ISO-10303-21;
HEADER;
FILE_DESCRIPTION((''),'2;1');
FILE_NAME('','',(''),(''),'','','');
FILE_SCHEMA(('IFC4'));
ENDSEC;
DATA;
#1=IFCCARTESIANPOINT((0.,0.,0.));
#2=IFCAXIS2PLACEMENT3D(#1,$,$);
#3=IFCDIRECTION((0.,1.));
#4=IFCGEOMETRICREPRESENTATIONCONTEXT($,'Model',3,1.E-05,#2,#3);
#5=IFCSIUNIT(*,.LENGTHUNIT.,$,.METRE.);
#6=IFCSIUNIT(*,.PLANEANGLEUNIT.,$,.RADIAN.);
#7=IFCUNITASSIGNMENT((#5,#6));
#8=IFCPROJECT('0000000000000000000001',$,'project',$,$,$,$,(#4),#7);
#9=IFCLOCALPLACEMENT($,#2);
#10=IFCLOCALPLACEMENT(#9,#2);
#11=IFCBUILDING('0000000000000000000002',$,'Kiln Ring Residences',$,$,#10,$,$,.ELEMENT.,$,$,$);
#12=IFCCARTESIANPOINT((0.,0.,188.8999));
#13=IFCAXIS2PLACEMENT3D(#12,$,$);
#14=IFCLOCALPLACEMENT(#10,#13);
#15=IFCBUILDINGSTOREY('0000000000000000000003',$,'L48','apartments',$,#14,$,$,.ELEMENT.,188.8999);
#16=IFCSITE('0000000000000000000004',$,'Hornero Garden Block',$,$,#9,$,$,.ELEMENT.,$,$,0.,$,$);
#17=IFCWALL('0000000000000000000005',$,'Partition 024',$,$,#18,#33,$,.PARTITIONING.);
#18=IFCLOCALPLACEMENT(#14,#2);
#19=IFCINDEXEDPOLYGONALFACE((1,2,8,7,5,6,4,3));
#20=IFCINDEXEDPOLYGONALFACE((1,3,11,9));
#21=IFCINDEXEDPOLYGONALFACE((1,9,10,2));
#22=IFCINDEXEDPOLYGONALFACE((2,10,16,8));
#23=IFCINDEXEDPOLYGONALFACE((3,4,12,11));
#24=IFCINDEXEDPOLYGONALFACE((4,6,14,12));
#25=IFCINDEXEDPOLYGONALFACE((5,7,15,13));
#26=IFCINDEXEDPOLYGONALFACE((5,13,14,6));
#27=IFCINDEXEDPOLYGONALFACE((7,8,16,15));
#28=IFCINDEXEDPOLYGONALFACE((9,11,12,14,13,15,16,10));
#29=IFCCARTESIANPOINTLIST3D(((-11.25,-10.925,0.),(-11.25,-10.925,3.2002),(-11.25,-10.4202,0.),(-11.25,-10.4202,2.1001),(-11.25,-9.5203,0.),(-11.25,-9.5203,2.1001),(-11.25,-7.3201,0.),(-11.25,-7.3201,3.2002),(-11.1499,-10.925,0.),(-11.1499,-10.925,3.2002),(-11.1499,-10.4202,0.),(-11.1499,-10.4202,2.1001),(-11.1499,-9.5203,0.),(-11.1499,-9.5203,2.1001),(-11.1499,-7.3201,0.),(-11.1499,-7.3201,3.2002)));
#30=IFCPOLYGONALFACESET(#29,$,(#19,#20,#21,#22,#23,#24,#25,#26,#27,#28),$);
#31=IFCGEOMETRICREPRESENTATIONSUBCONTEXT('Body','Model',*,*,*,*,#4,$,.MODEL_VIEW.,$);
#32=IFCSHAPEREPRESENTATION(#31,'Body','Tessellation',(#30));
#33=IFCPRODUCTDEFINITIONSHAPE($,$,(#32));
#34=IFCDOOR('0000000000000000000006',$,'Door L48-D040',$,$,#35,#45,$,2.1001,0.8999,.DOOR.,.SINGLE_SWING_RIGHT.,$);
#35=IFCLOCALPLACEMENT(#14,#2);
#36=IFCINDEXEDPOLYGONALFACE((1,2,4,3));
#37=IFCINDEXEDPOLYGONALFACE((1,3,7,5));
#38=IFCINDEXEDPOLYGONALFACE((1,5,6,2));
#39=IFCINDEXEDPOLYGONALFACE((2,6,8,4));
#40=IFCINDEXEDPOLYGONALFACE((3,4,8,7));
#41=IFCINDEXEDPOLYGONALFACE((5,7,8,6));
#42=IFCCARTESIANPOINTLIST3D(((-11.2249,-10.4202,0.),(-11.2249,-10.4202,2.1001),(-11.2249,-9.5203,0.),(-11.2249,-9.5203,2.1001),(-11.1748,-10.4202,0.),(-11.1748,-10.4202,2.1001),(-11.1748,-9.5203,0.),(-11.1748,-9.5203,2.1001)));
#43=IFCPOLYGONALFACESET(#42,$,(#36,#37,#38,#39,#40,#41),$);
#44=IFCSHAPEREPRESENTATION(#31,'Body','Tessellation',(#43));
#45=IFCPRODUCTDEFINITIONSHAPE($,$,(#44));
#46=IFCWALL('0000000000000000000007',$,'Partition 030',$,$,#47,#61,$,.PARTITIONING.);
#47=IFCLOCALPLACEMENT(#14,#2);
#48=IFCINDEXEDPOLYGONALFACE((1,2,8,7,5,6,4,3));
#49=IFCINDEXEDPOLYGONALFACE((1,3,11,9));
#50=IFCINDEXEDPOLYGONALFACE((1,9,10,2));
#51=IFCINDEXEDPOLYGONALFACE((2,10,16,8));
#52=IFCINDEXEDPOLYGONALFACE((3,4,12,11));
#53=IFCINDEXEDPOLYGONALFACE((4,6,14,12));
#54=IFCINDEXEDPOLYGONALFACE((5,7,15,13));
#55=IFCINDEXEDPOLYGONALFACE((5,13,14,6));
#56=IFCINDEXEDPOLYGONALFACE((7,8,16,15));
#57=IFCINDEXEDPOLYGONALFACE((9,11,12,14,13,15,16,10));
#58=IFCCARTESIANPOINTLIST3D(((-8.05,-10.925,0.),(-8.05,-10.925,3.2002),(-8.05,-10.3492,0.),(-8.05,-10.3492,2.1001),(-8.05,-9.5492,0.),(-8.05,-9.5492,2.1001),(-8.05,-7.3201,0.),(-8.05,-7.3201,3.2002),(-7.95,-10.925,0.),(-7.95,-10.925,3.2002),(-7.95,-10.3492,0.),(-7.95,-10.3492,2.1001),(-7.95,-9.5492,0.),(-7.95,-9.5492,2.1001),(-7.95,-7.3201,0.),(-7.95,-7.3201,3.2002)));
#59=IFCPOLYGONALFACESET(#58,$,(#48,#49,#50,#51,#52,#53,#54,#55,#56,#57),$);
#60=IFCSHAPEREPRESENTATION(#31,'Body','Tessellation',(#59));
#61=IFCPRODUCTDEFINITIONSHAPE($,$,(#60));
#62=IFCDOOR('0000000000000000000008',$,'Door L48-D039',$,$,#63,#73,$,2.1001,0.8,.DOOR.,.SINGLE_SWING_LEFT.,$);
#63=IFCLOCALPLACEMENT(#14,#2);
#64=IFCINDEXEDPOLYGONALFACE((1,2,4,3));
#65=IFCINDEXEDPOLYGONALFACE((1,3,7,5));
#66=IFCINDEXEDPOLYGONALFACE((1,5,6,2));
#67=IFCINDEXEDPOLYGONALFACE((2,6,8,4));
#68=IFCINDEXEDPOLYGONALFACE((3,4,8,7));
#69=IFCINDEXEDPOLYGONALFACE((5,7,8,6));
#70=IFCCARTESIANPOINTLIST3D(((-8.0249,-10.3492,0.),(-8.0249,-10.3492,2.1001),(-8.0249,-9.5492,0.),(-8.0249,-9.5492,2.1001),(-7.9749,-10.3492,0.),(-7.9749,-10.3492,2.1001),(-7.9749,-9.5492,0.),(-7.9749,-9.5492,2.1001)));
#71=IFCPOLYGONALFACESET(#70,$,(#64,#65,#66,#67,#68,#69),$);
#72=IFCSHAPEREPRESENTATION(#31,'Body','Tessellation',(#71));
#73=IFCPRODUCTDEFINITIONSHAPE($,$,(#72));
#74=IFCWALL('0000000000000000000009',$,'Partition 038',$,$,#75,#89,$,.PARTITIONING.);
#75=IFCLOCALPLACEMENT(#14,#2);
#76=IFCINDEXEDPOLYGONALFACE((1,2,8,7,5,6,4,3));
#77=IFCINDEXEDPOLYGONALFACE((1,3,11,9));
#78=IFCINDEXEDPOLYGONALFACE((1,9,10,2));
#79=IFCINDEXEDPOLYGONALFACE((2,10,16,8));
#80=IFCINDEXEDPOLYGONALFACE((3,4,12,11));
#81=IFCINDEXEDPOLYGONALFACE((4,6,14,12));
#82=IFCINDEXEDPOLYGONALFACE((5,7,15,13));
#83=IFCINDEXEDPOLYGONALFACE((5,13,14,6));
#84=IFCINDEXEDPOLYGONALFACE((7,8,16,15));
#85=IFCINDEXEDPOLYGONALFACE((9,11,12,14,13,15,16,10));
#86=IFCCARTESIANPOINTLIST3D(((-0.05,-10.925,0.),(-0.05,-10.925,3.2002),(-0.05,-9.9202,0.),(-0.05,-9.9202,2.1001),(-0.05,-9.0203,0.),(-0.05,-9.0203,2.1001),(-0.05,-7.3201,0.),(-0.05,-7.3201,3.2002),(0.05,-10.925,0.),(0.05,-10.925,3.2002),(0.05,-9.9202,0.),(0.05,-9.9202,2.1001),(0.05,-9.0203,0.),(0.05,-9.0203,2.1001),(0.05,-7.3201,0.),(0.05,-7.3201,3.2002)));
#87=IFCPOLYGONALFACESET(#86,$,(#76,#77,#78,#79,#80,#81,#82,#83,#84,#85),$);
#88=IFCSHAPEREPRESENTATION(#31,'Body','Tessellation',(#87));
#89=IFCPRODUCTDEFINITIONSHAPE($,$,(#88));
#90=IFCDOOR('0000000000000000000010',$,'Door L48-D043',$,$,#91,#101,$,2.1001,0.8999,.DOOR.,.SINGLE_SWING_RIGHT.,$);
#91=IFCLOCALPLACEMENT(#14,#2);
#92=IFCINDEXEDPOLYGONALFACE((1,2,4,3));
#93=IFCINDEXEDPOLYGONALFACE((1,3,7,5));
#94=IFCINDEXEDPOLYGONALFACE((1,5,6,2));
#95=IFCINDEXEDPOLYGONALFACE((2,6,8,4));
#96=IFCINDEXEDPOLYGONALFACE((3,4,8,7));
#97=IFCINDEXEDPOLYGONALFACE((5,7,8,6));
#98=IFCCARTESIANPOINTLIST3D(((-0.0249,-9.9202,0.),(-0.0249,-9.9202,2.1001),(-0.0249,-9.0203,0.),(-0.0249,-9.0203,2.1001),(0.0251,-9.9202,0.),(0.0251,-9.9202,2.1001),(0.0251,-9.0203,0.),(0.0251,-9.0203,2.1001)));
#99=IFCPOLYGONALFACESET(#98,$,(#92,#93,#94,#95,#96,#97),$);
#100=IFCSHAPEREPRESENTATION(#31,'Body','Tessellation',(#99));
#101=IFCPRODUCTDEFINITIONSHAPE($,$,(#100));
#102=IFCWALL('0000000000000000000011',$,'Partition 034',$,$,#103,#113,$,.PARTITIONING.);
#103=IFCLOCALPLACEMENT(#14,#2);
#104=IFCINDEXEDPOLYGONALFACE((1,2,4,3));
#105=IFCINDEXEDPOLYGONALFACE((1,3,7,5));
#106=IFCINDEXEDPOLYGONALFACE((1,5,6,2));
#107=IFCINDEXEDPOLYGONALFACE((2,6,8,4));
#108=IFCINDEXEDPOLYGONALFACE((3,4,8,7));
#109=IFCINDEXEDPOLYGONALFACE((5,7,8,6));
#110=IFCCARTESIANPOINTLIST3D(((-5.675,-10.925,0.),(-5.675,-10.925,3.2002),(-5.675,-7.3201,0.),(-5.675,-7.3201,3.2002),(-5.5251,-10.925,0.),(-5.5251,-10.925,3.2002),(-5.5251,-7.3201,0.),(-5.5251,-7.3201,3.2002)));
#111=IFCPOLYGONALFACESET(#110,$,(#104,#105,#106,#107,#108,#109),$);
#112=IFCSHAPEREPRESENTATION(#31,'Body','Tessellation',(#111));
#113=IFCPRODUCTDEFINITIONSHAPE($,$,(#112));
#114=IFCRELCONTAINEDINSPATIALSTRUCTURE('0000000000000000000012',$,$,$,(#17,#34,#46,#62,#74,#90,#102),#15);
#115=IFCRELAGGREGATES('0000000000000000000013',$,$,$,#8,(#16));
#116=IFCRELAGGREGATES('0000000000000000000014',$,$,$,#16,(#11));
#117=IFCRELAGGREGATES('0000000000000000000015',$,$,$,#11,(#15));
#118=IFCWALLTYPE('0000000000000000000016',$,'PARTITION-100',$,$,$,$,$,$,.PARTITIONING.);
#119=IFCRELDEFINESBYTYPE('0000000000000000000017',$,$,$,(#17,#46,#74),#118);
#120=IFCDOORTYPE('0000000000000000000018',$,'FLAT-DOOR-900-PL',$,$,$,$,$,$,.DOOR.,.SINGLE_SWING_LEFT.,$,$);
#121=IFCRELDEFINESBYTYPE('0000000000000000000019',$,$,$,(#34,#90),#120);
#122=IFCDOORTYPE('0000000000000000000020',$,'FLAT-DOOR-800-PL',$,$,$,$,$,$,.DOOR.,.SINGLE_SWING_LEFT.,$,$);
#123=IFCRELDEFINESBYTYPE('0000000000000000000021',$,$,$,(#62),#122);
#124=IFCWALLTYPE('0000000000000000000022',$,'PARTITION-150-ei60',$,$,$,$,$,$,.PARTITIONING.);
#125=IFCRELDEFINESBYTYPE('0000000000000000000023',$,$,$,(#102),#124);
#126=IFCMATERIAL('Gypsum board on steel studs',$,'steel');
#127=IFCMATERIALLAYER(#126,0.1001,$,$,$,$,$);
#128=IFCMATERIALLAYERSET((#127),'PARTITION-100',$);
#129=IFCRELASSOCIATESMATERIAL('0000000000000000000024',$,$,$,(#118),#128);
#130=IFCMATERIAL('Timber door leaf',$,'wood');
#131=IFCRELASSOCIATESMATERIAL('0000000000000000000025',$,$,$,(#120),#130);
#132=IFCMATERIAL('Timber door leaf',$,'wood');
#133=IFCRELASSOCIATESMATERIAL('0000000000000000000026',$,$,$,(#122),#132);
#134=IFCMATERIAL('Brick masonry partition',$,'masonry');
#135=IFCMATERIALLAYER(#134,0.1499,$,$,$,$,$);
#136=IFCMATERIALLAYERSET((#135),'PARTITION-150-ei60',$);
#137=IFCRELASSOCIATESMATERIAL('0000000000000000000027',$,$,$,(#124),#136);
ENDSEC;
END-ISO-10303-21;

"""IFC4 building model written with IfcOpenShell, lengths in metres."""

from ifc_helpers import new_model, si_unit, direction, frame, frame_2d, origin, place, context, subcontext, project, spatial, rectangle, extrude, material, layer, layer_set, type_object, element, fill, save


model = new_model("IFC4")

# Units and contexts
model_context = context("Model", 3, precision=1e-05, world=origin(), true_north=direction((0.0, 1.0)))
body_context = subcontext(model_context, "Body", "Model", "MODEL_VIEW")
ifc_project = project(units=[si_unit("LENGTHUNIT", "METRE"), si_unit("PLANEANGLEUNIT", "RADIAN")], contexts=[model_context])

# Site, building, storey
site_placement = place(None, origin())
site = spatial("IfcSite", under=ifc_project, at=site_placement, Name="Hornero Garden Block", CompositionType="ELEMENT", RefElevation=0.0)
building_placement = place(site_placement, origin())
building = spatial("IfcBuilding", under=site, at=building_placement, Name="Kiln Ring Residences", CompositionType="ELEMENT")
storey_placement = place(building_placement, frame((0.0, 0.0, 188.8999)))
storey = spatial("IfcBuildingStorey", under=building, at=storey_placement, Name="L48", Description="apartments", CompositionType="ELEMENT", Elevation=188.8999)

# Walls, openings, doors
ifc_material_1 = material(Name="Gypsum board on steel studs", Category="steel")
ifc_layer_1 = layer(ifc_material_1, 0.1001)
ifc_layer_set_1 = layer_set([ifc_layer_1], Name="PARTITION-100")
wall_type_1 = type_object("IfcWallType", Name="PARTITION-100", PredefinedType="PARTITIONING", material=ifc_layer_set_1)
wall_1_placement = place(storey_placement, frame((-11.2, -10.925, 0.0), z_axis=(0.0, 0.0, 1.0), x_axis=(0.0, 1.0, 0.0)))
wall_1 = element("IfcWall", 1, at=wall_1_placement, inside=storey, type_object=wall_type_1, Name="Partition 024", PredefinedType="PARTITIONING", context=body_context, shape_type="SweptSolid", body=[
    extrude(rectangle(XDim=3.605, YDim=0.1001, at=frame_2d((1.8025, 0.0))), origin(), (0.0, 0.0, 1.0), 3.2002),
])
opening_1_placement = place(wall_1_placement, frame((0.5049, 0.0, 0.0)))
opening_1 = element("IfcOpeningElement", 2, at=opening_1_placement, cuts=wall_1, PredefinedType="OPENING", context=body_context, shape_type="SweptSolid", body=[
    extrude(rectangle(XDim=0.8999, YDim=2.1001, at=frame_2d((0.45, 1.05))), frame((0.0, 0.0601, 0.0), z_axis=(0.0, -1.0, 0.0), x_axis=(1.0, 0.0, 0.0)), (0.0, 0.0, 1.0), 0.1201),
])
ifc_material_2 = material(Name="Timber door leaf", Category="wood")
door_type_1 = type_object("IfcDoorType", Name="FLAT-DOOR-900-PL", OperationType="SINGLE_SWING_LEFT", PredefinedType="DOOR", material=ifc_material_2)
door_1_placement = place(opening_1_placement, origin())
door_1 = element("IfcDoor", 3, at=door_1_placement, inside=storey, type_object=door_type_1, Name="Door L48-D040", OperationType="SINGLE_SWING_RIGHT", OverallHeight=2.1001, OverallWidth=0.8999, PredefinedType="DOOR", context=body_context, shape_type="SweptSolid", body=[
    extrude(rectangle(XDim=0.8999, YDim=2.1001, at=frame_2d((0.45, 1.05))), frame((0.0, 0.0249, 0.0), z_axis=(0.0, -1.0, 0.0), x_axis=(1.0, 0.0, 0.0)), (0.0, 0.0, 1.0), 0.05),
])
fill(opening_1, door_1)
wall_2_placement = place(storey_placement, frame((-8.0, -10.925, 0.0), z_axis=(0.0, 0.0, 1.0), x_axis=(0.0, 1.0, 0.0)))
wall_2 = element("IfcWall", 4, at=wall_2_placement, inside=storey, type_object=wall_type_1, Name="Partition 030", PredefinedType="PARTITIONING", context=body_context, shape_type="SweptSolid", body=[
    extrude(rectangle(XDim=3.605, YDim=0.1001, at=frame_2d((1.8025, 0.0))), origin(), (0.0, 0.0, 1.0), 3.2002),
])
opening_2_placement = place(wall_2_placement, frame((0.5759, 0.0, 0.0)))
opening_2 = element("IfcOpeningElement", 5, at=opening_2_placement, cuts=wall_2, PredefinedType="OPENING", context=body_context, shape_type="SweptSolid", body=[
    extrude(rectangle(XDim=0.8, YDim=2.1001, at=frame_2d((0.3999, 1.05))), frame((0.0, 0.0601, 0.0), z_axis=(0.0, -1.0, 0.0), x_axis=(1.0, 0.0, 0.0)), (0.0, 0.0, 1.0), 0.1201),
])
ifc_material_3 = material(Name="Timber door leaf", Category="wood")
door_type_2 = type_object("IfcDoorType", Name="FLAT-DOOR-800-PL", OperationType="SINGLE_SWING_LEFT", PredefinedType="DOOR", material=ifc_material_3)
door_2_placement = place(opening_2_placement, origin())
door_2 = element("IfcDoor", 6, at=door_2_placement, inside=storey, type_object=door_type_2, Name="Door L48-D039", OperationType="SINGLE_SWING_LEFT", OverallHeight=2.1001, OverallWidth=0.8, PredefinedType="DOOR", context=body_context, shape_type="SweptSolid", body=[
    extrude(rectangle(XDim=0.8, YDim=2.1001, at=frame_2d((0.3999, 1.05))), frame((0.0, 0.0249, 0.0), z_axis=(0.0, -1.0, 0.0), x_axis=(1.0, 0.0, 0.0)), (0.0, 0.0, 1.0), 0.05),
])
fill(opening_2, door_2)
wall_3_placement = place(storey_placement, frame((0.0, -10.925, 0.0), z_axis=(0.0, 0.0, 1.0), x_axis=(0.0, 1.0, 0.0)))
wall_3 = element("IfcWall", 7, at=wall_3_placement, inside=storey, type_object=wall_type_1, Name="Partition 038", PredefinedType="PARTITIONING", context=body_context, shape_type="SweptSolid", body=[
    extrude(rectangle(XDim=3.605, YDim=0.1001, at=frame_2d((1.8025, 0.0))), origin(), (0.0, 0.0, 1.0), 3.2002),
])
opening_3_placement = place(wall_3_placement, frame((1.0049, 0.0, 0.0)))
opening_3 = element("IfcOpeningElement", 8, at=opening_3_placement, cuts=wall_3, PredefinedType="OPENING", context=body_context, shape_type="SweptSolid", body=[
    extrude(rectangle(XDim=0.8999, YDim=2.1001, at=frame_2d((0.45, 1.05))), frame((0.0, 0.0601, 0.0), z_axis=(0.0, -1.0, 0.0), x_axis=(1.0, 0.0, 0.0)), (0.0, 0.0, 1.0), 0.1201),
])
door_3_placement = place(opening_3_placement, origin())
door_3 = element("IfcDoor", 9, at=door_3_placement, inside=storey, type_object=door_type_1, Name="Door L48-D043", OperationType="SINGLE_SWING_RIGHT", OverallHeight=2.1001, OverallWidth=0.8999, PredefinedType="DOOR", context=body_context, shape_type="SweptSolid", body=[
    extrude(rectangle(XDim=0.8999, YDim=2.1001, at=frame_2d((0.45, 1.05))), frame((0.0, 0.0249, 0.0), z_axis=(0.0, -1.0, 0.0), x_axis=(1.0, 0.0, 0.0)), (0.0, 0.0, 1.0), 0.05),
])
fill(opening_3, door_3)

# Wall
ifc_material_4 = material(Name="Brick masonry partition", Category="masonry")
ifc_layer_2 = layer(ifc_material_4, 0.1499)
ifc_layer_set_2 = layer_set([ifc_layer_2], Name="PARTITION-150-ei60")
wall_type_2 = type_object("IfcWallType", Name="PARTITION-150-ei60", PredefinedType="PARTITIONING", material=ifc_layer_set_2)
wall_4_placement = place(storey_placement, frame((-5.6001, -10.925, 0.0), z_axis=(0.0, 0.0, 1.0), x_axis=(0.0, 1.0, 0.0)))
element("IfcWall", 10, at=wall_4_placement, inside=storey, type_object=wall_type_2, Name="Partition 034", PredefinedType="PARTITIONING", context=body_context, shape_type="SweptSolid", body=[
    extrude(rectangle(XDim=3.605, YDim=0.1499, at=frame_2d((1.8025, 0.0))), origin(), (0.0, 0.0, 1.0), 3.2002),
])

save(model, "model.ifc")
